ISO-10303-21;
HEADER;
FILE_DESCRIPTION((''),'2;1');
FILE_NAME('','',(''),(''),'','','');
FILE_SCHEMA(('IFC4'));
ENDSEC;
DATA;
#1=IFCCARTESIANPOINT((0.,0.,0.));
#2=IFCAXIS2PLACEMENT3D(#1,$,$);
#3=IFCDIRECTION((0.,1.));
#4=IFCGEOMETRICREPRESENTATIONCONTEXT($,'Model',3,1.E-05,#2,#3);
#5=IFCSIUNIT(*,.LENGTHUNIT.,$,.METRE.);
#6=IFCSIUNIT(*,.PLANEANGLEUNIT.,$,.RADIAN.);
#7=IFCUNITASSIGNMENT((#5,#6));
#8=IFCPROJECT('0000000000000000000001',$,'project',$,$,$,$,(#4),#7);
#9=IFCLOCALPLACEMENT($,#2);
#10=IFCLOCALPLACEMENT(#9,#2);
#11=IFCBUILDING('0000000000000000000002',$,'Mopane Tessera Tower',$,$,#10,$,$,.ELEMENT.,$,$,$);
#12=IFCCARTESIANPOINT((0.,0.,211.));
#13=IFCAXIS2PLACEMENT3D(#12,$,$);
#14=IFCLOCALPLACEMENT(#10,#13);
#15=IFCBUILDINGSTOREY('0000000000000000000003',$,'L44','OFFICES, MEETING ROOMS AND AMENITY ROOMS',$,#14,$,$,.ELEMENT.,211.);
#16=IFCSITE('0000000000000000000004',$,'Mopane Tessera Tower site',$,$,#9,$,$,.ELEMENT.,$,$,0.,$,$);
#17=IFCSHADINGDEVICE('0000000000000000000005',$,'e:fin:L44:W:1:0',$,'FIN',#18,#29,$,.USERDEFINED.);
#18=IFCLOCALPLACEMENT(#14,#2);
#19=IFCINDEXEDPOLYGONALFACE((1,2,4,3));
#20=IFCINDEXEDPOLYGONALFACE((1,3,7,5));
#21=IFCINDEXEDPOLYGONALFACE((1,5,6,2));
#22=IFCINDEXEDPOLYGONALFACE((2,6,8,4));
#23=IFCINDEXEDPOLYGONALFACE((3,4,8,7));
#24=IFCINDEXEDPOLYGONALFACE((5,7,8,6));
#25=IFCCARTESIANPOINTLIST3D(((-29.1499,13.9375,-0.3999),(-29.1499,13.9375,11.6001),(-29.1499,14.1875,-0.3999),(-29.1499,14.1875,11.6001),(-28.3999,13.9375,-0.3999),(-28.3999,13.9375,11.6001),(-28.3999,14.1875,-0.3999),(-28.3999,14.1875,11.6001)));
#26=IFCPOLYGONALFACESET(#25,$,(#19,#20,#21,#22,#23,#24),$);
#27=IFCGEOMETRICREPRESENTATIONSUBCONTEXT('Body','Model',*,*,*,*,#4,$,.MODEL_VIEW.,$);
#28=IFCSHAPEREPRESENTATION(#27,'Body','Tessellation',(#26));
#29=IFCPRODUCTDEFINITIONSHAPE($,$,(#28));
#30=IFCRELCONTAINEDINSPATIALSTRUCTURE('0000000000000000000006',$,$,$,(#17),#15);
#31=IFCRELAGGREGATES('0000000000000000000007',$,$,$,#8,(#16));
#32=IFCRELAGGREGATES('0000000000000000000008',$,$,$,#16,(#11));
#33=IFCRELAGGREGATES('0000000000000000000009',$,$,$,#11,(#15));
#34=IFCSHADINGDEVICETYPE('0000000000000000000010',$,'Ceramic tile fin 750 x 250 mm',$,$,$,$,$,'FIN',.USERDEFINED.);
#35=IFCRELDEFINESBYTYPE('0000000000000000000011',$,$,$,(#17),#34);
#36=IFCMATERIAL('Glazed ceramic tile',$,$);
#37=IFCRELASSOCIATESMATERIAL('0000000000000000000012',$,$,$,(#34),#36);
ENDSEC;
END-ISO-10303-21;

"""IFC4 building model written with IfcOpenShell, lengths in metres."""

from ifc_helpers import new_model, si_unit, direction, frame, origin, origin_2d, place, context, subcontext, project, spatial, rectangle, extrude, material, type_object, element, save


model = new_model("IFC4")

# Units and contexts
model_context = context("Model", 3, precision=1e-05, world=origin(), true_north=direction((0.0, 1.0)))
body_context = subcontext(model_context, "Body", "Model", "MODEL_VIEW")
ifc_project = project(units=[si_unit("LENGTHUNIT", "METRE"), si_unit("PLANEANGLEUNIT", "RADIAN")], contexts=[model_context])

# Site, building, storey
site_placement = place(None, origin())
site = spatial("IfcSite", under=ifc_project, at=site_placement, Name="Mopane Tessera Tower site", CompositionType="ELEMENT", RefElevation=0.0)
building_placement = place(site_placement, origin())
building = spatial("IfcBuilding", under=site, at=building_placement, Name="Mopane Tessera Tower", CompositionType="ELEMENT")
storey_placement = place(building_placement, frame((0.0, 0.0, 211.0)))
storey = spatial("IfcBuildingStorey", under=building, at=storey_placement, Name="L44", Description="OFFICES, MEETING ROOMS AND AMENITY ROOMS", CompositionType="ELEMENT", Elevation=211.0)

# Shading device
ifc_material_1 = material(Name="Glazed ceramic tile")
shading_device_type = type_object("IfcShadingDeviceType", Name="Ceramic tile fin 750 x 250 mm", ElementType="FIN", PredefinedType="USERDEFINED", material=ifc_material_1)
for number, where, z_axis, x_axis, name in (
    (1, (-28.7749, 14.0625, -0.3999), (0.0, 0.0, 1.0), (0.0, -1.0, 0.0), "e:fin:L44:W:1:0"),
):
    element("IfcShadingDevice", number, at=place(storey_placement, frame(where, z_axis=z_axis, x_axis=x_axis)), inside=storey, type_object=shading_device_type, Name=name, ObjectType="FIN", PredefinedType="USERDEFINED", context=body_context, shape_type="SweptSolid", body=[
        extrude(rectangle(XDim=0.25, YDim=0.75, at=origin_2d()), origin(), (0.0, 0.0, 1.0), 12.0),
    ])

save(model, "model.ifc")
